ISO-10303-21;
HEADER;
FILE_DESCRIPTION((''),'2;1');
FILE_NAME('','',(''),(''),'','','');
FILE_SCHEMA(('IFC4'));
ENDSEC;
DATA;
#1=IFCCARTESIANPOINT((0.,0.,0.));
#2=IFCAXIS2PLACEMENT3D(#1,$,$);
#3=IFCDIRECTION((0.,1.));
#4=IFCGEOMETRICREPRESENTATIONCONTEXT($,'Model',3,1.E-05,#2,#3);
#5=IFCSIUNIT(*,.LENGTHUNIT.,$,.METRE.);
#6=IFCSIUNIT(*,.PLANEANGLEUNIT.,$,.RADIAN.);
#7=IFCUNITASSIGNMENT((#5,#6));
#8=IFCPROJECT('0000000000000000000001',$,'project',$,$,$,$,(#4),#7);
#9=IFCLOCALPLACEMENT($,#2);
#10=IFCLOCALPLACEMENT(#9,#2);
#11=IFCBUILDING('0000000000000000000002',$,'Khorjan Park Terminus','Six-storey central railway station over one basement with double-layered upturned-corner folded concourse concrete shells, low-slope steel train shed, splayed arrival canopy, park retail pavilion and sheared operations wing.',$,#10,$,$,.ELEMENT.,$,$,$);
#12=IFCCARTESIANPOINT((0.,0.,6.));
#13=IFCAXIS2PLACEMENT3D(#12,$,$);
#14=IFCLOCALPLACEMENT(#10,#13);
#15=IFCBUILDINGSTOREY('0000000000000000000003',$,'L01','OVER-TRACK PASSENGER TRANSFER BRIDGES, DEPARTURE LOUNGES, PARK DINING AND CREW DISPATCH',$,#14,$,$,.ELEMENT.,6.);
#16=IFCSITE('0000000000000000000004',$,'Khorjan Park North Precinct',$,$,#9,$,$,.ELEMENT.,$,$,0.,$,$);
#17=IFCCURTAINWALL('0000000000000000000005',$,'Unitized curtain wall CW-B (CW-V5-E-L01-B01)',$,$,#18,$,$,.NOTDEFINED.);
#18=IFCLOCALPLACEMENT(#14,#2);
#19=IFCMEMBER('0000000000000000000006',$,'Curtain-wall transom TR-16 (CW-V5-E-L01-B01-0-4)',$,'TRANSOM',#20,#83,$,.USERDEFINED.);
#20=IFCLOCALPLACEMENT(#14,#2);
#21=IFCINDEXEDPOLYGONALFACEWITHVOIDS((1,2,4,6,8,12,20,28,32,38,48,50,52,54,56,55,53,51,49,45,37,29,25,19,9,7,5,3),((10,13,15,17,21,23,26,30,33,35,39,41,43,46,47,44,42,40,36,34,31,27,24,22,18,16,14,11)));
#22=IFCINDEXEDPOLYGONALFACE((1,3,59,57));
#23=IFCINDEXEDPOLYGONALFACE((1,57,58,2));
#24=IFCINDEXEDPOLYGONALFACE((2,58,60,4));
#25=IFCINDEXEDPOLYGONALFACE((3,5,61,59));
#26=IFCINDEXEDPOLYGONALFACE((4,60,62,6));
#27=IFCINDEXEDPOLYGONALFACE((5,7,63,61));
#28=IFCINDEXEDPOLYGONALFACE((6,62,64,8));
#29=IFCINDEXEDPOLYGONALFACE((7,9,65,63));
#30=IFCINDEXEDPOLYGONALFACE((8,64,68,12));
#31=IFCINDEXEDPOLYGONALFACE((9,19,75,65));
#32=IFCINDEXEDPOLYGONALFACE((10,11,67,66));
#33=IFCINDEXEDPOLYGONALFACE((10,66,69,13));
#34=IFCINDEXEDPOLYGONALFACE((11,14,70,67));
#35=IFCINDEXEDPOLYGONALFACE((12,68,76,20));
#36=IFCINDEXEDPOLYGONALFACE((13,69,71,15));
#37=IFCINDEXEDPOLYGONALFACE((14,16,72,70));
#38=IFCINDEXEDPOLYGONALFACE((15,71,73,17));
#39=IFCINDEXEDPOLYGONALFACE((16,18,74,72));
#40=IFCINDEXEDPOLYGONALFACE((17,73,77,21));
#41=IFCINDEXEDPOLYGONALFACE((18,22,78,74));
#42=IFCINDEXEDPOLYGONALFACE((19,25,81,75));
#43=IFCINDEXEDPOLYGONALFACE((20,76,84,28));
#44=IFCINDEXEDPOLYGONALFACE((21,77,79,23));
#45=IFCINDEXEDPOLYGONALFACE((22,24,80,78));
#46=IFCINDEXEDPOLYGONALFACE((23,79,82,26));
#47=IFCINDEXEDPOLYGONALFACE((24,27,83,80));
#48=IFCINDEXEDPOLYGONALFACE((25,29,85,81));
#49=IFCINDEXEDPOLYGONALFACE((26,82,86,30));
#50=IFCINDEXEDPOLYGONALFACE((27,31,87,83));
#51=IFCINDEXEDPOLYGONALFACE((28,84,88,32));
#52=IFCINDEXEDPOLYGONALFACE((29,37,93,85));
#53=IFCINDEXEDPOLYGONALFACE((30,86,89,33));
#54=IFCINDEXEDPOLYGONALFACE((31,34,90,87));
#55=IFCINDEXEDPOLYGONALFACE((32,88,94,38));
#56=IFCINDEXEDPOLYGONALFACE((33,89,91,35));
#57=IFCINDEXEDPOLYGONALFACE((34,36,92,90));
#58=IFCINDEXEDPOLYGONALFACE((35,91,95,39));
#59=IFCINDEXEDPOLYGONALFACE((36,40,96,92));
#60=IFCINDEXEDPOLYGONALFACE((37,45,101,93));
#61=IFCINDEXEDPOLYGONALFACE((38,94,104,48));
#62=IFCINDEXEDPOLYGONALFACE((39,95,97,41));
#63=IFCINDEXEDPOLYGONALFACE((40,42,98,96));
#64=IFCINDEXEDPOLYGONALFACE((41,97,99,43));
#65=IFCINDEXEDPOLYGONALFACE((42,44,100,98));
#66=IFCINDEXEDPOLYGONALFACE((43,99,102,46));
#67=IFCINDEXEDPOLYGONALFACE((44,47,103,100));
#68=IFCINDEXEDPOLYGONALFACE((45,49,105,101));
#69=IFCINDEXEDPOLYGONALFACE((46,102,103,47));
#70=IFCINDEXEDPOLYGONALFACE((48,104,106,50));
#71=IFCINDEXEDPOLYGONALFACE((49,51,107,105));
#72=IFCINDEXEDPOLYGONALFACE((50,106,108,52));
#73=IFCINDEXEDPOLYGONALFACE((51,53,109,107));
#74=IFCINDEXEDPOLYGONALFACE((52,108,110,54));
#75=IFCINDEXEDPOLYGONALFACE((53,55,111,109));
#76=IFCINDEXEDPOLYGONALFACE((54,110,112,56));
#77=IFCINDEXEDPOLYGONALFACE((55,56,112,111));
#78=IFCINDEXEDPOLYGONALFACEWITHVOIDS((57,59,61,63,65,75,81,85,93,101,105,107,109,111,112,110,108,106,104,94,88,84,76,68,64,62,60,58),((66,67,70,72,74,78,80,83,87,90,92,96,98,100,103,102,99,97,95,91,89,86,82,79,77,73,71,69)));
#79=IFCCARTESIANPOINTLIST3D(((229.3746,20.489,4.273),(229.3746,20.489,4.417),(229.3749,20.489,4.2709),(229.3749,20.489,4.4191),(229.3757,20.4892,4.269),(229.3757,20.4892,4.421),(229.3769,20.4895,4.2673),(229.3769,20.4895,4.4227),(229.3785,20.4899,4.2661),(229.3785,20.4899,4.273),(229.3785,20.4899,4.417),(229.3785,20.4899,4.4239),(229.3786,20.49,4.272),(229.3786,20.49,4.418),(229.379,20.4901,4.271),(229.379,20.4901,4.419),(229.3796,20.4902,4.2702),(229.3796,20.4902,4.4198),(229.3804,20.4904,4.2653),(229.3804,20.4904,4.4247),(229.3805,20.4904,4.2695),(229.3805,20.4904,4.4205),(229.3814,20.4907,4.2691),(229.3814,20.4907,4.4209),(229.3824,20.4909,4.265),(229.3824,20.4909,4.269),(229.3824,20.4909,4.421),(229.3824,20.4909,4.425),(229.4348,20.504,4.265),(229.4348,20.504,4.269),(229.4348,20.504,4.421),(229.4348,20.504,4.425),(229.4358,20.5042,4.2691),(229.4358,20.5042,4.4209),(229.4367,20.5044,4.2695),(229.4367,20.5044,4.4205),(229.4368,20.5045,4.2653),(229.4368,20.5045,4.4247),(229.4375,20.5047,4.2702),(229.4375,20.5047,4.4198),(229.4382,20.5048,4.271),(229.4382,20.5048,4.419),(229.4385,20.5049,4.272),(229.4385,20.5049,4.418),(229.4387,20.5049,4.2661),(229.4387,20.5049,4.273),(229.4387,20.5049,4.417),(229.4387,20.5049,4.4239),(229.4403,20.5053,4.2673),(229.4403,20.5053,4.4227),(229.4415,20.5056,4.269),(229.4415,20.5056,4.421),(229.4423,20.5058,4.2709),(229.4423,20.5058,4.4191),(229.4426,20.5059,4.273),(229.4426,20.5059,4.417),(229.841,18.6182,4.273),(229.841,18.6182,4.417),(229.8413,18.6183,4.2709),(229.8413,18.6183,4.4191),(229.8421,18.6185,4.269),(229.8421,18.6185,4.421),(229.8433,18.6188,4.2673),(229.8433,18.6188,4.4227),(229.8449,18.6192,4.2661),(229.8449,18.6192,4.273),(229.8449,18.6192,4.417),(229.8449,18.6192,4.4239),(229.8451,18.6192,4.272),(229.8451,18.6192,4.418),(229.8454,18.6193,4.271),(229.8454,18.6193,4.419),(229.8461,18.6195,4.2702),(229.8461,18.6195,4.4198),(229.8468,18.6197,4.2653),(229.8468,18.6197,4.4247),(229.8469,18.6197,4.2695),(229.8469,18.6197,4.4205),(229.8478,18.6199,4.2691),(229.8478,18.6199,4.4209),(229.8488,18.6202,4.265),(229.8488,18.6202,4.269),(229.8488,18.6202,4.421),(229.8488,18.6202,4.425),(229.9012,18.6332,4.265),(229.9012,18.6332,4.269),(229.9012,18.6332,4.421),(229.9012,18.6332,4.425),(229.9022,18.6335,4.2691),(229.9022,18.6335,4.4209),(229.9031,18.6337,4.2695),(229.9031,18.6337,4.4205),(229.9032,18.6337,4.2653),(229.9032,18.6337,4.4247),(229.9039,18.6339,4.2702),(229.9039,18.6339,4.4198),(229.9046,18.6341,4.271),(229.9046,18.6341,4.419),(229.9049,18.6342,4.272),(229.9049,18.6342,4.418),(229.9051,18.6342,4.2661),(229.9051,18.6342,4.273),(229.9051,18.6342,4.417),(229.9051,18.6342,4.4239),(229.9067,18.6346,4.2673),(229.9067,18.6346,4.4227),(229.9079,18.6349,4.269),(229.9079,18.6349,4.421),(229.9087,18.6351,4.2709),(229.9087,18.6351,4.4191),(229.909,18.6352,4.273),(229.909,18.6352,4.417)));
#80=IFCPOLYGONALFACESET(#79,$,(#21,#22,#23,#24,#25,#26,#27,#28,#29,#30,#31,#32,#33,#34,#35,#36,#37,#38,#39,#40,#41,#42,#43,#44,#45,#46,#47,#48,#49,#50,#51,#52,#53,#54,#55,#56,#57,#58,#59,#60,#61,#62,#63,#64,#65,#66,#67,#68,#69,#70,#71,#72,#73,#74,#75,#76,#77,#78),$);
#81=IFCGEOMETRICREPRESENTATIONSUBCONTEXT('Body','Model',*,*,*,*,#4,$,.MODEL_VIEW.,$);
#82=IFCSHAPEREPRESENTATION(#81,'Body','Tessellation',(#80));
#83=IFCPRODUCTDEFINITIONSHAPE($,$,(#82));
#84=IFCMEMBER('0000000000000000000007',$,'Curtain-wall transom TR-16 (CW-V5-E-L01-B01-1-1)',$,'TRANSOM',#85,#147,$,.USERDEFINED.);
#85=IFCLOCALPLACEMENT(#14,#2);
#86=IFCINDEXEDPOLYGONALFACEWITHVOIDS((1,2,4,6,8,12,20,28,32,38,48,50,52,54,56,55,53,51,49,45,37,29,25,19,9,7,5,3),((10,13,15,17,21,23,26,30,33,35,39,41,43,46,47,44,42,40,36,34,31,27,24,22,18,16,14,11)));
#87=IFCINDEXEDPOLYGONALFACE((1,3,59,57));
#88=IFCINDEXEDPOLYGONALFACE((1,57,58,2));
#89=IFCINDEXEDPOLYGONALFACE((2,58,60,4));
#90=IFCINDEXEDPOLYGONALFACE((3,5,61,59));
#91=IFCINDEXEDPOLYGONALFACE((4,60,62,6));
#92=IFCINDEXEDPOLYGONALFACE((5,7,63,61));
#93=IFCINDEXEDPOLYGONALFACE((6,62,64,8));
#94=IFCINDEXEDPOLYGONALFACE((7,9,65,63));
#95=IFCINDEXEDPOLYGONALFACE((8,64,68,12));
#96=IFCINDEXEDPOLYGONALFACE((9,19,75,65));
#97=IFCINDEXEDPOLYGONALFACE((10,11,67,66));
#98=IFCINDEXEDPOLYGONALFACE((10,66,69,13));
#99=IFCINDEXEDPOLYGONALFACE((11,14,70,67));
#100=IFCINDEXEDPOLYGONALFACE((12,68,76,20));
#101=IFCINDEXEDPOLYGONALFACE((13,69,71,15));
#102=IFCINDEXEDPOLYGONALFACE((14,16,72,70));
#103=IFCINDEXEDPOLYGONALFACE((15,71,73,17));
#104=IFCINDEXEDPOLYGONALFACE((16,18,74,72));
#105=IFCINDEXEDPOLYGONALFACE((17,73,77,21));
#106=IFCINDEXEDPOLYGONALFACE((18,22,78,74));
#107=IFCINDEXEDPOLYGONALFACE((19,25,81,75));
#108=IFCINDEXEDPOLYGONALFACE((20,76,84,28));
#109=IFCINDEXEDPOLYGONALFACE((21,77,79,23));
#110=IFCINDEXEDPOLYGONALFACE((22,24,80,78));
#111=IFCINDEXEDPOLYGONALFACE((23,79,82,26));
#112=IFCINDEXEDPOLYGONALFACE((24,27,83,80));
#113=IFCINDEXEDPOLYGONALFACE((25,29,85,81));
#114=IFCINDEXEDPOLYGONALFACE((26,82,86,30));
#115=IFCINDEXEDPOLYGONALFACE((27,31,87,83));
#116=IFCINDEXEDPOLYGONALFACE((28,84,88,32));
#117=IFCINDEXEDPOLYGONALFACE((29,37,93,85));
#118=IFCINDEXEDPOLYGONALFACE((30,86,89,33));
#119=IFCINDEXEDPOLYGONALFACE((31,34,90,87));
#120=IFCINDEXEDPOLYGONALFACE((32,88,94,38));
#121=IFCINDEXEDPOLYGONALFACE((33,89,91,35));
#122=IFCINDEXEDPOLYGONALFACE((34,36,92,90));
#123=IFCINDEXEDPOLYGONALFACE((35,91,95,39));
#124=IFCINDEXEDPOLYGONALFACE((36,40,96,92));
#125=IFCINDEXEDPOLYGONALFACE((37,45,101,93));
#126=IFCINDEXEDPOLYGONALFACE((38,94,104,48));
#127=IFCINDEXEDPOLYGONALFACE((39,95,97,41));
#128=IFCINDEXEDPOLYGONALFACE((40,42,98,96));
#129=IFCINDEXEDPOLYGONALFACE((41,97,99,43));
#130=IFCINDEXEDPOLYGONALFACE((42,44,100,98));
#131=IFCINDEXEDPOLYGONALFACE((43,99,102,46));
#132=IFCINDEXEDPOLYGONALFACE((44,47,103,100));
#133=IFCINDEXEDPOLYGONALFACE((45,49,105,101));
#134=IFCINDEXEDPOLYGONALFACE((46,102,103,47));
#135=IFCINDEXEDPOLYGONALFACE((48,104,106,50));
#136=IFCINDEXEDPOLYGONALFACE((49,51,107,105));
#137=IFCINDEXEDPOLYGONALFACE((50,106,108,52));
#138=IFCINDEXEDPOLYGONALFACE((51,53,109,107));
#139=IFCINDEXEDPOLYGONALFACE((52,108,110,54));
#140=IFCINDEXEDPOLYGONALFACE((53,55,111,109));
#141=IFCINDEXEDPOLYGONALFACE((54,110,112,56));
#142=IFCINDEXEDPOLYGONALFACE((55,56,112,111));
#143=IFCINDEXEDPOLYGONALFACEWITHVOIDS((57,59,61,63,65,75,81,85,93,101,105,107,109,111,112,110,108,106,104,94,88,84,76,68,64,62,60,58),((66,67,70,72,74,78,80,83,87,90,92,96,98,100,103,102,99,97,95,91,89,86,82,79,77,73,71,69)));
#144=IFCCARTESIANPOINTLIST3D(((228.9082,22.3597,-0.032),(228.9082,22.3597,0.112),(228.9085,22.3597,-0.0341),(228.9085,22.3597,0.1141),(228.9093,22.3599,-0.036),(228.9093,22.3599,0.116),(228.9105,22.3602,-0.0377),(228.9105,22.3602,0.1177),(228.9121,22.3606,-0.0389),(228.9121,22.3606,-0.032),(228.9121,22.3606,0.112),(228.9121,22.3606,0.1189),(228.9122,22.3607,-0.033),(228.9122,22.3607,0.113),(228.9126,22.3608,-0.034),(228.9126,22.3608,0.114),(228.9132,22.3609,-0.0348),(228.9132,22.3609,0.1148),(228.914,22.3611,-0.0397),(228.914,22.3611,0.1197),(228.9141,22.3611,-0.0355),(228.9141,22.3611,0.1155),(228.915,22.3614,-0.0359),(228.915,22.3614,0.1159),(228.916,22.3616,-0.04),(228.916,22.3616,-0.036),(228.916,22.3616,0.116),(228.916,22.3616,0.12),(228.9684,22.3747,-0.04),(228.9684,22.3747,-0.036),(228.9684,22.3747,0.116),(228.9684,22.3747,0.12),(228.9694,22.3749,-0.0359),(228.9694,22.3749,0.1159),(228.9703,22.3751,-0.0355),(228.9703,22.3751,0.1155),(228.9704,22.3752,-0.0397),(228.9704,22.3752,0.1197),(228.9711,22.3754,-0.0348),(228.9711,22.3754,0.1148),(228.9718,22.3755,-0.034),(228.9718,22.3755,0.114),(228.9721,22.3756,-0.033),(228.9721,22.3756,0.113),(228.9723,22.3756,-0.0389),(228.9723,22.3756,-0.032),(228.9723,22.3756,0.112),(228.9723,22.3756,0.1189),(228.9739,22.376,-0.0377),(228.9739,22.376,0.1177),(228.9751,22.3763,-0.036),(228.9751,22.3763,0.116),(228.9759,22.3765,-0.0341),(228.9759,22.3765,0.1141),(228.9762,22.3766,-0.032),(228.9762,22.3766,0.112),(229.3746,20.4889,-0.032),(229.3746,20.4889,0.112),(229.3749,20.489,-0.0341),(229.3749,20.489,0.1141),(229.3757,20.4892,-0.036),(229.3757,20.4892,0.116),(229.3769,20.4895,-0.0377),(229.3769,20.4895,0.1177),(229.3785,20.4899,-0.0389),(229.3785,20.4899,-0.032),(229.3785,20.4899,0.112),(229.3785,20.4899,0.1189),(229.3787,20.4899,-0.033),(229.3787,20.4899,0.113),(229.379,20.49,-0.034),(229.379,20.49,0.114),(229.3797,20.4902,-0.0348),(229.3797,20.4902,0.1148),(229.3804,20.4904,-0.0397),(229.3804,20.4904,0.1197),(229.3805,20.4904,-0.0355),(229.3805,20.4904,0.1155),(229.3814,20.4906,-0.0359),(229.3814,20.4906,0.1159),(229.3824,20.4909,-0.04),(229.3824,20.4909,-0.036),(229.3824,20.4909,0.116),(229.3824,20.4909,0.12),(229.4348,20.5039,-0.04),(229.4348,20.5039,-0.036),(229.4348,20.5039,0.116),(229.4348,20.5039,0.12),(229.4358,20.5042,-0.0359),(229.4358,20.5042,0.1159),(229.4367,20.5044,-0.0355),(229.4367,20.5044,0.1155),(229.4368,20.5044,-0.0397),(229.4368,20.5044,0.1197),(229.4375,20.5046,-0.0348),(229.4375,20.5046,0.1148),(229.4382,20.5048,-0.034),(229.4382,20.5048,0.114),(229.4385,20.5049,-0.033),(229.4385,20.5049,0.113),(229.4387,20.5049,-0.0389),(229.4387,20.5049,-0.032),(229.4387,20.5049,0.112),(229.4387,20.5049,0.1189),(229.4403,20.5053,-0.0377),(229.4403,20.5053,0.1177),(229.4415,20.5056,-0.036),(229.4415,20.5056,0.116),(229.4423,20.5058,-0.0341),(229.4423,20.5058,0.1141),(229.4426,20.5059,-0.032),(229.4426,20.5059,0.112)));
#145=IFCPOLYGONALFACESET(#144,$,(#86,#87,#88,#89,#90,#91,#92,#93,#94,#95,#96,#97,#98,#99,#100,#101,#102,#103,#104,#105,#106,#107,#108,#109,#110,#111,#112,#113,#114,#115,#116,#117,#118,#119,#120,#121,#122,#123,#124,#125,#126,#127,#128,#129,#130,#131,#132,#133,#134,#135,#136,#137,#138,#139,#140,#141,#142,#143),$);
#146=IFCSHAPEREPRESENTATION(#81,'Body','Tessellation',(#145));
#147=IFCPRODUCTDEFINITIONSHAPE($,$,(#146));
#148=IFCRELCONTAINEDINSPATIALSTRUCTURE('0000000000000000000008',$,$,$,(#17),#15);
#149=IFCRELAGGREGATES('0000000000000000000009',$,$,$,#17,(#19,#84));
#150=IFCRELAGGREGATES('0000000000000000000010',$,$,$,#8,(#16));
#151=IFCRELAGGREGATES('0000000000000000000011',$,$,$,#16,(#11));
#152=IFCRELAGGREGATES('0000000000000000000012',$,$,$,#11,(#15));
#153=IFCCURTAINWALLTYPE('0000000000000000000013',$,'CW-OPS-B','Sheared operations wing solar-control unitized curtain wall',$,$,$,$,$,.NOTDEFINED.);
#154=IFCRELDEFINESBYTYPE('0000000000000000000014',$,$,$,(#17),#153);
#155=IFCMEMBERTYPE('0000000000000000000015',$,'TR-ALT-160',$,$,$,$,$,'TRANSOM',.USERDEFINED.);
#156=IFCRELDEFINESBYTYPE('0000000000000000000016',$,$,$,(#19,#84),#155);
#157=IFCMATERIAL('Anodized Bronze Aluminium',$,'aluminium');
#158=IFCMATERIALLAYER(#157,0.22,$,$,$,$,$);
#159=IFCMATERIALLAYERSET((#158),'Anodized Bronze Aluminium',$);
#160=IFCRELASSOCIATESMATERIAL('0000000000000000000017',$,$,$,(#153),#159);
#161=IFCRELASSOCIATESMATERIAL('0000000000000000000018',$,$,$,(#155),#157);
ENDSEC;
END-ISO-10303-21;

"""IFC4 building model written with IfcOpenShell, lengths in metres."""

from ifc_helpers import new_model, si_unit, direction, frame, origin, origin_2d, place, context, subcontext, project, spatial, hollow_rectangle, extrude, material, layer, layer_set, material_profile, profile_set, type_object, element, aggregate, save


model = new_model("IFC4")

# Units and contexts
model_context = context("Model", 3, precision=1e-05, world=origin(), true_north=direction((0.0, 1.0)))
body_context = subcontext(model_context, "Body", "Model", "MODEL_VIEW")
ifc_project = project(units=[si_unit("LENGTHUNIT", "METRE"), si_unit("PLANEANGLEUNIT", "RADIAN")], contexts=[model_context])

# Site, building, storey
site_placement = place(None, origin())
site = spatial("IfcSite", under=ifc_project, at=site_placement, Name="Khorjan Park North Precinct", CompositionType="ELEMENT", RefElevation=0.0)
building_placement = place(site_placement, origin())
building = spatial("IfcBuilding", under=site, at=building_placement, Name="Khorjan Park Terminus", Description="Six-storey central railway station over one basement with double-layered upturned-corner folded concourse concrete shells, low-slope steel train shed, splayed arrival canopy, park retail pavilion and sheared operations wing.", CompositionType="ELEMENT")
storey_placement = place(building_placement, frame((0.0, 0.0, 6.0)))
storey = spatial("IfcBuildingStorey", under=building, at=storey_placement, Name="L01", Description="OVER-TRACK PASSENGER TRANSFER BRIDGES, DEPARTURE LOUNGES, PARK DINING AND CREW DISPATCH", CompositionType="ELEMENT", Elevation=6.0)

# Shared definitions
ifc_material_1 = material(Name="Anodized Bronze Aluminium", Category="aluminium")
ifc_layer_1 = layer(ifc_material_1, 0.22)
ifc_layer_set_1 = layer_set([ifc_layer_1], Name="Anodized Bronze Aluminium")
curtain_wall_type = type_object("IfcCurtainWallType", Name="CW-OPS-B", Description="Sheared operations wing solar-control unitized curtain wall", PredefinedType="NOTDEFINED", material=ifc_layer_set_1)

# Curtain wall, members
curtain_wall_1_placement = place(storey_placement, origin())
curtain_wall_1 = element("IfcCurtainWall", 1, at=curtain_wall_1_placement, inside=storey, type_object=curtain_wall_type, Name="Unitized curtain wall CW-B (CW-V5-E-L01-B01)", PredefinedType="NOTDEFINED")
ifc_material_profile_1 = material_profile(ifc_material_1, hollow_rectangle(XDim=0.07, YDim=0.16, WallThickness=0.004, InnerFilletRadius=0.004, OuterFilletRadius=0.008, at=origin_2d()), Name="ALT 70x160x4")
ifc_profile_set_1 = profile_set([ifc_material_profile_1], Name="Anodized Bronze Aluminium")
member_type_1 = type_object("IfcMemberType", Name="TR-ALT-160", ElementType="TRANSOM", PredefinedType="USERDEFINED", material=ifc_profile_set_1)
member_1_placement = place(storey_placement, frame((229.875, 18.6267, 4.345), z_axis=(-0.241913, 0.970298, 0.0), x_axis=(-0.970298, -0.241913, 0.0)))
member_1 = element("IfcMember", 2, at=member_1_placement, type_object=member_type_1, Name="Curtain-wall transom TR-16 (CW-V5-E-L01-B01-0-4)", ObjectType="TRANSOM", PredefinedType="USERDEFINED", context=body_context, shape_type="SweptSolid", body=[
    extrude(hollow_rectangle(XDim=0.07, YDim=0.16, WallThickness=0.004, InnerFilletRadius=0.004, OuterFilletRadius=0.008, at=origin_2d()), origin(), (0.0, 0.0, 1.0), 1.928),
])
member_2_placement = place(storey_placement, frame((229.4086, 20.4974, 0.04), z_axis=(-0.241913, 0.970298, 0.0), x_axis=(-0.970298, -0.241913, 0.0)))
member_2 = element("IfcMember", 3, at=member_2_placement, type_object=member_type_1, Name="Curtain-wall transom TR-16 (CW-V5-E-L01-B01-1-1)", ObjectType="TRANSOM", PredefinedType="USERDEFINED", context=body_context, shape_type="SweptSolid", body=[
    extrude(hollow_rectangle(XDim=0.07, YDim=0.16, WallThickness=0.004, InnerFilletRadius=0.004, OuterFilletRadius=0.008, at=origin_2d()), origin(), (0.0, 0.0, 1.0), 1.928),
])

aggregate(curtain_wall_1, [member_1, member_2])

save(model, "model.ifc")
